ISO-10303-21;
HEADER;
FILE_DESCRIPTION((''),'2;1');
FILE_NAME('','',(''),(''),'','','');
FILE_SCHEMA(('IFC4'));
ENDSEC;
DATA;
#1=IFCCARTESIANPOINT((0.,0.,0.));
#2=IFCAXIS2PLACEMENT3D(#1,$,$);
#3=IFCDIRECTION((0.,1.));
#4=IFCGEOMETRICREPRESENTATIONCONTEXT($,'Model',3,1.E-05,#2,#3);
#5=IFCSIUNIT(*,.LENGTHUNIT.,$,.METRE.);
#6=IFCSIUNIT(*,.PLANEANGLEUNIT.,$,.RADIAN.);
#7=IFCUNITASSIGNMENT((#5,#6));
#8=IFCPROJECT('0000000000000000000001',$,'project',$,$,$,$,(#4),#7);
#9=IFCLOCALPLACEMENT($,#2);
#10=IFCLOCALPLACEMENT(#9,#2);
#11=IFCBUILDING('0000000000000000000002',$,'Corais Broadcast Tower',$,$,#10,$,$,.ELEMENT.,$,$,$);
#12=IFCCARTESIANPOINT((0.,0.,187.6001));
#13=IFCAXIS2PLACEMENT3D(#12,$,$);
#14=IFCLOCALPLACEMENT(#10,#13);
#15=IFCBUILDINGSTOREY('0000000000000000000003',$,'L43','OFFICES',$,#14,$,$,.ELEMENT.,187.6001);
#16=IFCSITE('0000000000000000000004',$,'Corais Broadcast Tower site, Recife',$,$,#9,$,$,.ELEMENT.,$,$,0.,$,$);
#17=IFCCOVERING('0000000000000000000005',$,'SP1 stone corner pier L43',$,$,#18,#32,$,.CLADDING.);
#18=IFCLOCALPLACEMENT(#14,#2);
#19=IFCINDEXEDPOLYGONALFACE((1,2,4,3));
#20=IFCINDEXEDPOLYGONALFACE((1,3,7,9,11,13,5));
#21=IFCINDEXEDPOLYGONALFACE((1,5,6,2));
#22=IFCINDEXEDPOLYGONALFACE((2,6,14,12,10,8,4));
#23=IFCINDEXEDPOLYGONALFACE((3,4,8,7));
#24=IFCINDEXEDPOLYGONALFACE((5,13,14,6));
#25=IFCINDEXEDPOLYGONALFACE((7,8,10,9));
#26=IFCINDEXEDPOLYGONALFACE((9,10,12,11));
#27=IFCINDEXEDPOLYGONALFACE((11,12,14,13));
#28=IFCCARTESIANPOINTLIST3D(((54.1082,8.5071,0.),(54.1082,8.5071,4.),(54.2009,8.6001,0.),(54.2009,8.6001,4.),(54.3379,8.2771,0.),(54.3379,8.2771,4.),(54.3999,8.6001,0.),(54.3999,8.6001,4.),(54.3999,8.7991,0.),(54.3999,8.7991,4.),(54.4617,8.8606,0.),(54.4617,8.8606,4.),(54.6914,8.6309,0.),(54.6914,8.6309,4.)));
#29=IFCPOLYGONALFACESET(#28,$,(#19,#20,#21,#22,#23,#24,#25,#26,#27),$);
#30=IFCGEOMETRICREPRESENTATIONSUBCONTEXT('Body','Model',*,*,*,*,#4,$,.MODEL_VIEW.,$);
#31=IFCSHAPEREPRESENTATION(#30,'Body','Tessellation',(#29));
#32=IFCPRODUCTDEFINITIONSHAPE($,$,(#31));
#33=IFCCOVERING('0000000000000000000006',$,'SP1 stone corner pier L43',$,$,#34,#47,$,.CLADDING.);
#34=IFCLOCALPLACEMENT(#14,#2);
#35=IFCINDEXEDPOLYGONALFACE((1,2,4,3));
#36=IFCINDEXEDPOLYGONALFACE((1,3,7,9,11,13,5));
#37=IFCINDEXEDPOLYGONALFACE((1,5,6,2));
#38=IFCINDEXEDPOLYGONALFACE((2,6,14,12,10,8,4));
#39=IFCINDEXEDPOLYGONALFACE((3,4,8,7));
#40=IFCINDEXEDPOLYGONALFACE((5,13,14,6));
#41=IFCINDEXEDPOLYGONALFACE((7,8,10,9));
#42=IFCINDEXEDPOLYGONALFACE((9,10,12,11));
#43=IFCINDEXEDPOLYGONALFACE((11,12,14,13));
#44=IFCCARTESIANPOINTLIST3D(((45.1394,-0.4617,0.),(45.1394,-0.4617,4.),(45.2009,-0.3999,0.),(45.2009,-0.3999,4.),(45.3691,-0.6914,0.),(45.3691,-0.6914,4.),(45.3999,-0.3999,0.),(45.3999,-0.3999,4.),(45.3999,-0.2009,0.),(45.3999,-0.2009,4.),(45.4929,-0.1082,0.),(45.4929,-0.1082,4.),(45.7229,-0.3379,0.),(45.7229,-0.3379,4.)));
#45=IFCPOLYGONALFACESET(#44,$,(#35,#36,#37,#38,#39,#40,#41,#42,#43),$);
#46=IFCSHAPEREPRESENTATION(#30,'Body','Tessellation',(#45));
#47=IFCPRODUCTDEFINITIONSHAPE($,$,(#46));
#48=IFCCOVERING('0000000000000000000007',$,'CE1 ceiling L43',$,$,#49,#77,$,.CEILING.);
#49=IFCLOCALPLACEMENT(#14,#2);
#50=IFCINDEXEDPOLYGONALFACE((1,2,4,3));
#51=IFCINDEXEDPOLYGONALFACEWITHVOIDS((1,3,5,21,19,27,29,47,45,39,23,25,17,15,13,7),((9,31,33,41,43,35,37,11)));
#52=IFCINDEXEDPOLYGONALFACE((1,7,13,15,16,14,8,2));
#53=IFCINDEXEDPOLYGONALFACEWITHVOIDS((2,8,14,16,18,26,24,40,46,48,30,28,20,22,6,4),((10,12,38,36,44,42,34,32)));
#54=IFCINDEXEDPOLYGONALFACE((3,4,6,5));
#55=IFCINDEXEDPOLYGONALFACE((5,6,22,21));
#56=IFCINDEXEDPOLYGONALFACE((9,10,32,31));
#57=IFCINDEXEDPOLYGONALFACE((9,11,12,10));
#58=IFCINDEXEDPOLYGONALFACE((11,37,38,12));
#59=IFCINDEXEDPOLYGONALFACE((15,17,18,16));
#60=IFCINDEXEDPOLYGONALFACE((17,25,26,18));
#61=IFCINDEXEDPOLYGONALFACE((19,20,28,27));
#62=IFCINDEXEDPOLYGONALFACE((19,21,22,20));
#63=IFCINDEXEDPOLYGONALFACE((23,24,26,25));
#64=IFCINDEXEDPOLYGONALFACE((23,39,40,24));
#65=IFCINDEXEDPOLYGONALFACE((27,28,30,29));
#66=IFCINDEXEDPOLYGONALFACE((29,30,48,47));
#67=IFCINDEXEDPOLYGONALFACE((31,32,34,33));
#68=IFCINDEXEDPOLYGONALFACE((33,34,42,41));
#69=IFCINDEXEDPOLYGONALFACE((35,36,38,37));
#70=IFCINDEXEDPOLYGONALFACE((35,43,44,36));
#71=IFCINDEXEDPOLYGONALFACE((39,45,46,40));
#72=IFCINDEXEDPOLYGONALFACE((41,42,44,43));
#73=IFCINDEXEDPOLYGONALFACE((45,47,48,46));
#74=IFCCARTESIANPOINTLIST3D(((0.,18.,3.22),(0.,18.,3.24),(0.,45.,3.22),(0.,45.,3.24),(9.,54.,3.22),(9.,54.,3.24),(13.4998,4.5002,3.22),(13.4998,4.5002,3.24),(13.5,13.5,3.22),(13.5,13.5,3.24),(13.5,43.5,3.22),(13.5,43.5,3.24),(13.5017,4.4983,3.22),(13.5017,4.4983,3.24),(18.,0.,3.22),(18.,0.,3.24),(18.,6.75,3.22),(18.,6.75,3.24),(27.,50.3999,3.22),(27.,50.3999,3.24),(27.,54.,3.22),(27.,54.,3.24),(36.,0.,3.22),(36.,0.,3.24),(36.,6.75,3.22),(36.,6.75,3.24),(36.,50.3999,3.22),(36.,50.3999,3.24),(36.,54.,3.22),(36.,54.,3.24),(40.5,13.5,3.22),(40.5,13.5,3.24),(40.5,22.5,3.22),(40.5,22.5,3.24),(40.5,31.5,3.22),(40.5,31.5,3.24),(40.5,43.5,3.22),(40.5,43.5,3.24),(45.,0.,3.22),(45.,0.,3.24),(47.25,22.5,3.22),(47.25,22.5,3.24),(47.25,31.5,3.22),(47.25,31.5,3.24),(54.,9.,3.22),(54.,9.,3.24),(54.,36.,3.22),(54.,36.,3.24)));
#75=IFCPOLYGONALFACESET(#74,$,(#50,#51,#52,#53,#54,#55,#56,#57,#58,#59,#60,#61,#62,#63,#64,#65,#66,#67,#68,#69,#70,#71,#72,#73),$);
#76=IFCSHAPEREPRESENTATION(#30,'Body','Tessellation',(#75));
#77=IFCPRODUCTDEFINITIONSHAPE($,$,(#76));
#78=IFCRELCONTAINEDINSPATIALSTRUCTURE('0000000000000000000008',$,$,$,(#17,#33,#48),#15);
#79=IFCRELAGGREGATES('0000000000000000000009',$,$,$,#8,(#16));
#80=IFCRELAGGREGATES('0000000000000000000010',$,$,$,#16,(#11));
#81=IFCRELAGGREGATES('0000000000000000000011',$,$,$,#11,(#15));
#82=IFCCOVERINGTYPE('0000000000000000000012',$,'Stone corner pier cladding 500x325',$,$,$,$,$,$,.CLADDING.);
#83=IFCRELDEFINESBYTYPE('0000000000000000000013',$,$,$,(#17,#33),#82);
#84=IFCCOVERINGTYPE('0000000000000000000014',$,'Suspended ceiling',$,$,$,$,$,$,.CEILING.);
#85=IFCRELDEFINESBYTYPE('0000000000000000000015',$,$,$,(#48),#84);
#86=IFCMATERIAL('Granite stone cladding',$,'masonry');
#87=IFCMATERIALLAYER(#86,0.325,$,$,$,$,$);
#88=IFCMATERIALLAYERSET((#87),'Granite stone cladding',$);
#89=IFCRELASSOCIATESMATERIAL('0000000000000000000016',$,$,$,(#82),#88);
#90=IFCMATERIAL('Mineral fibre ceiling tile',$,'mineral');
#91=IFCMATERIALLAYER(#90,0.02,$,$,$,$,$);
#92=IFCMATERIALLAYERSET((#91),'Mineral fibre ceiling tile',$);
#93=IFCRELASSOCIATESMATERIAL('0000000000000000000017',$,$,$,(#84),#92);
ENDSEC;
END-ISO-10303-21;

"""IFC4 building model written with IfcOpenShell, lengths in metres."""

from ifc_helpers import new_model, si_unit, direction, frame, origin, place, context, subcontext, project, spatial, polyline, outline, extrude, material, layer, layer_set, type_object, element, save


model = new_model("IFC4")

# Units and contexts
model_context = context("Model", 3, precision=1e-05, world=origin(), true_north=direction((0.0, 1.0)))
body_context = subcontext(model_context, "Body", "Model", "MODEL_VIEW")
ifc_project = project(units=[si_unit("LENGTHUNIT", "METRE"), si_unit("PLANEANGLEUNIT", "RADIAN")], contexts=[model_context])

# Site, building, storey
site_placement = place(None, origin())
site = spatial("IfcSite", under=ifc_project, at=site_placement, Name="Corais Broadcast Tower site, Recife", CompositionType="ELEMENT", RefElevation=0.0)
building_placement = place(site_placement, origin())
building = spatial("IfcBuilding", under=site, at=building_placement, Name="Corais Broadcast Tower", CompositionType="ELEMENT")
storey_placement = place(building_placement, frame((0.0, 0.0, 187.6001)))
storey = spatial("IfcBuildingStorey", under=building, at=storey_placement, Name="L43", Description="OFFICES", CompositionType="ELEMENT", Elevation=187.6001)

# Coverings
ifc_material_1 = material(Name="Granite stone cladding", Category="masonry")
ifc_layer_1 = layer(ifc_material_1, 0.325)
ifc_layer_set_1 = layer_set([ifc_layer_1], Name="Granite stone cladding")
covering_type_1 = type_object("IfcCoveringType", Name="Stone corner pier cladding 500x325", PredefinedType="CLADDING", material=ifc_layer_set_1)
covering_1_placement = place(storey_placement, origin())
element("IfcCovering", 1, at=covering_1_placement, inside=storey, type_object=covering_type_1, Name="SP1 stone corner pier L43", PredefinedType="CLADDING", context=body_context, shape_type="SweptSolid", body=[
    extrude(outline(polyline([(54.4617, 8.8606), (54.3999, 8.7991), (54.3999, 8.6001), (54.2009, 8.6001), (54.1082, 8.5071), (54.3379, 8.2771), (54.6914, 8.6309), (54.4617, 8.8606)])), origin(), (0.0, 0.0, 1.0), 4.0),
])
covering_2_placement = place(storey_placement, origin())
element("IfcCovering", 2, at=covering_2_placement, inside=storey, type_object=covering_type_1, Name="SP1 stone corner pier L43", PredefinedType="CLADDING", context=body_context, shape_type="SweptSolid", body=[
    extrude(outline(polyline([(45.2009, -0.3999), (45.1394, -0.4617), (45.3691, -0.6914), (45.7229, -0.3379), (45.4929, -0.1082), (45.3999, -0.2009), (45.3999, -0.3999), (45.2009, -0.3999)])), origin(), (0.0, 0.0, 1.0), 4.0),
])
ifc_material_2 = material(Name="Mineral fibre ceiling tile", Category="mineral")
ifc_layer_2 = layer(ifc_material_2, 0.02)
ifc_layer_set_2 = layer_set([ifc_layer_2], Name="Mineral fibre ceiling tile")
covering_type_2 = type_object("IfcCoveringType", Name="Suspended ceiling", PredefinedType="CEILING", material=ifc_layer_set_2)
covering_3_placement = place(storey_placement, frame((0.0, 0.0, 3.22)))
element("IfcCovering", 3, at=covering_3_placement, inside=storey, type_object=covering_type_2, Name="CE1 ceiling L43", PredefinedType="CEILING", context=body_context, shape_type="SweptSolid", body=[
    extrude(outline(polyline([(18.0, 6.75), (18.0, 0.0), (13.5017, 4.4983), (13.4998, 4.5002), (0.0, 18.0), (0.0, 45.0), (9.0, 54.0), (27.0, 54.0), (27.0, 50.3999), (36.0, 50.3999), (36.0, 54.0), (54.0, 36.0), (54.0, 9.0), (45.0, 0.0), (36.0, 0.0), (36.0, 6.75), (18.0, 6.75)]), holes=[polyline([(13.5, 13.5), (40.5, 13.5), (40.5, 22.5), (47.25, 22.5), (47.25, 31.5), (40.5, 31.5), (40.5, 43.5), (13.5, 43.5), (13.5, 13.5)])]), origin(), (0.0, 0.0, 1.0), 0.02),
])

save(model, "model.ifc")
